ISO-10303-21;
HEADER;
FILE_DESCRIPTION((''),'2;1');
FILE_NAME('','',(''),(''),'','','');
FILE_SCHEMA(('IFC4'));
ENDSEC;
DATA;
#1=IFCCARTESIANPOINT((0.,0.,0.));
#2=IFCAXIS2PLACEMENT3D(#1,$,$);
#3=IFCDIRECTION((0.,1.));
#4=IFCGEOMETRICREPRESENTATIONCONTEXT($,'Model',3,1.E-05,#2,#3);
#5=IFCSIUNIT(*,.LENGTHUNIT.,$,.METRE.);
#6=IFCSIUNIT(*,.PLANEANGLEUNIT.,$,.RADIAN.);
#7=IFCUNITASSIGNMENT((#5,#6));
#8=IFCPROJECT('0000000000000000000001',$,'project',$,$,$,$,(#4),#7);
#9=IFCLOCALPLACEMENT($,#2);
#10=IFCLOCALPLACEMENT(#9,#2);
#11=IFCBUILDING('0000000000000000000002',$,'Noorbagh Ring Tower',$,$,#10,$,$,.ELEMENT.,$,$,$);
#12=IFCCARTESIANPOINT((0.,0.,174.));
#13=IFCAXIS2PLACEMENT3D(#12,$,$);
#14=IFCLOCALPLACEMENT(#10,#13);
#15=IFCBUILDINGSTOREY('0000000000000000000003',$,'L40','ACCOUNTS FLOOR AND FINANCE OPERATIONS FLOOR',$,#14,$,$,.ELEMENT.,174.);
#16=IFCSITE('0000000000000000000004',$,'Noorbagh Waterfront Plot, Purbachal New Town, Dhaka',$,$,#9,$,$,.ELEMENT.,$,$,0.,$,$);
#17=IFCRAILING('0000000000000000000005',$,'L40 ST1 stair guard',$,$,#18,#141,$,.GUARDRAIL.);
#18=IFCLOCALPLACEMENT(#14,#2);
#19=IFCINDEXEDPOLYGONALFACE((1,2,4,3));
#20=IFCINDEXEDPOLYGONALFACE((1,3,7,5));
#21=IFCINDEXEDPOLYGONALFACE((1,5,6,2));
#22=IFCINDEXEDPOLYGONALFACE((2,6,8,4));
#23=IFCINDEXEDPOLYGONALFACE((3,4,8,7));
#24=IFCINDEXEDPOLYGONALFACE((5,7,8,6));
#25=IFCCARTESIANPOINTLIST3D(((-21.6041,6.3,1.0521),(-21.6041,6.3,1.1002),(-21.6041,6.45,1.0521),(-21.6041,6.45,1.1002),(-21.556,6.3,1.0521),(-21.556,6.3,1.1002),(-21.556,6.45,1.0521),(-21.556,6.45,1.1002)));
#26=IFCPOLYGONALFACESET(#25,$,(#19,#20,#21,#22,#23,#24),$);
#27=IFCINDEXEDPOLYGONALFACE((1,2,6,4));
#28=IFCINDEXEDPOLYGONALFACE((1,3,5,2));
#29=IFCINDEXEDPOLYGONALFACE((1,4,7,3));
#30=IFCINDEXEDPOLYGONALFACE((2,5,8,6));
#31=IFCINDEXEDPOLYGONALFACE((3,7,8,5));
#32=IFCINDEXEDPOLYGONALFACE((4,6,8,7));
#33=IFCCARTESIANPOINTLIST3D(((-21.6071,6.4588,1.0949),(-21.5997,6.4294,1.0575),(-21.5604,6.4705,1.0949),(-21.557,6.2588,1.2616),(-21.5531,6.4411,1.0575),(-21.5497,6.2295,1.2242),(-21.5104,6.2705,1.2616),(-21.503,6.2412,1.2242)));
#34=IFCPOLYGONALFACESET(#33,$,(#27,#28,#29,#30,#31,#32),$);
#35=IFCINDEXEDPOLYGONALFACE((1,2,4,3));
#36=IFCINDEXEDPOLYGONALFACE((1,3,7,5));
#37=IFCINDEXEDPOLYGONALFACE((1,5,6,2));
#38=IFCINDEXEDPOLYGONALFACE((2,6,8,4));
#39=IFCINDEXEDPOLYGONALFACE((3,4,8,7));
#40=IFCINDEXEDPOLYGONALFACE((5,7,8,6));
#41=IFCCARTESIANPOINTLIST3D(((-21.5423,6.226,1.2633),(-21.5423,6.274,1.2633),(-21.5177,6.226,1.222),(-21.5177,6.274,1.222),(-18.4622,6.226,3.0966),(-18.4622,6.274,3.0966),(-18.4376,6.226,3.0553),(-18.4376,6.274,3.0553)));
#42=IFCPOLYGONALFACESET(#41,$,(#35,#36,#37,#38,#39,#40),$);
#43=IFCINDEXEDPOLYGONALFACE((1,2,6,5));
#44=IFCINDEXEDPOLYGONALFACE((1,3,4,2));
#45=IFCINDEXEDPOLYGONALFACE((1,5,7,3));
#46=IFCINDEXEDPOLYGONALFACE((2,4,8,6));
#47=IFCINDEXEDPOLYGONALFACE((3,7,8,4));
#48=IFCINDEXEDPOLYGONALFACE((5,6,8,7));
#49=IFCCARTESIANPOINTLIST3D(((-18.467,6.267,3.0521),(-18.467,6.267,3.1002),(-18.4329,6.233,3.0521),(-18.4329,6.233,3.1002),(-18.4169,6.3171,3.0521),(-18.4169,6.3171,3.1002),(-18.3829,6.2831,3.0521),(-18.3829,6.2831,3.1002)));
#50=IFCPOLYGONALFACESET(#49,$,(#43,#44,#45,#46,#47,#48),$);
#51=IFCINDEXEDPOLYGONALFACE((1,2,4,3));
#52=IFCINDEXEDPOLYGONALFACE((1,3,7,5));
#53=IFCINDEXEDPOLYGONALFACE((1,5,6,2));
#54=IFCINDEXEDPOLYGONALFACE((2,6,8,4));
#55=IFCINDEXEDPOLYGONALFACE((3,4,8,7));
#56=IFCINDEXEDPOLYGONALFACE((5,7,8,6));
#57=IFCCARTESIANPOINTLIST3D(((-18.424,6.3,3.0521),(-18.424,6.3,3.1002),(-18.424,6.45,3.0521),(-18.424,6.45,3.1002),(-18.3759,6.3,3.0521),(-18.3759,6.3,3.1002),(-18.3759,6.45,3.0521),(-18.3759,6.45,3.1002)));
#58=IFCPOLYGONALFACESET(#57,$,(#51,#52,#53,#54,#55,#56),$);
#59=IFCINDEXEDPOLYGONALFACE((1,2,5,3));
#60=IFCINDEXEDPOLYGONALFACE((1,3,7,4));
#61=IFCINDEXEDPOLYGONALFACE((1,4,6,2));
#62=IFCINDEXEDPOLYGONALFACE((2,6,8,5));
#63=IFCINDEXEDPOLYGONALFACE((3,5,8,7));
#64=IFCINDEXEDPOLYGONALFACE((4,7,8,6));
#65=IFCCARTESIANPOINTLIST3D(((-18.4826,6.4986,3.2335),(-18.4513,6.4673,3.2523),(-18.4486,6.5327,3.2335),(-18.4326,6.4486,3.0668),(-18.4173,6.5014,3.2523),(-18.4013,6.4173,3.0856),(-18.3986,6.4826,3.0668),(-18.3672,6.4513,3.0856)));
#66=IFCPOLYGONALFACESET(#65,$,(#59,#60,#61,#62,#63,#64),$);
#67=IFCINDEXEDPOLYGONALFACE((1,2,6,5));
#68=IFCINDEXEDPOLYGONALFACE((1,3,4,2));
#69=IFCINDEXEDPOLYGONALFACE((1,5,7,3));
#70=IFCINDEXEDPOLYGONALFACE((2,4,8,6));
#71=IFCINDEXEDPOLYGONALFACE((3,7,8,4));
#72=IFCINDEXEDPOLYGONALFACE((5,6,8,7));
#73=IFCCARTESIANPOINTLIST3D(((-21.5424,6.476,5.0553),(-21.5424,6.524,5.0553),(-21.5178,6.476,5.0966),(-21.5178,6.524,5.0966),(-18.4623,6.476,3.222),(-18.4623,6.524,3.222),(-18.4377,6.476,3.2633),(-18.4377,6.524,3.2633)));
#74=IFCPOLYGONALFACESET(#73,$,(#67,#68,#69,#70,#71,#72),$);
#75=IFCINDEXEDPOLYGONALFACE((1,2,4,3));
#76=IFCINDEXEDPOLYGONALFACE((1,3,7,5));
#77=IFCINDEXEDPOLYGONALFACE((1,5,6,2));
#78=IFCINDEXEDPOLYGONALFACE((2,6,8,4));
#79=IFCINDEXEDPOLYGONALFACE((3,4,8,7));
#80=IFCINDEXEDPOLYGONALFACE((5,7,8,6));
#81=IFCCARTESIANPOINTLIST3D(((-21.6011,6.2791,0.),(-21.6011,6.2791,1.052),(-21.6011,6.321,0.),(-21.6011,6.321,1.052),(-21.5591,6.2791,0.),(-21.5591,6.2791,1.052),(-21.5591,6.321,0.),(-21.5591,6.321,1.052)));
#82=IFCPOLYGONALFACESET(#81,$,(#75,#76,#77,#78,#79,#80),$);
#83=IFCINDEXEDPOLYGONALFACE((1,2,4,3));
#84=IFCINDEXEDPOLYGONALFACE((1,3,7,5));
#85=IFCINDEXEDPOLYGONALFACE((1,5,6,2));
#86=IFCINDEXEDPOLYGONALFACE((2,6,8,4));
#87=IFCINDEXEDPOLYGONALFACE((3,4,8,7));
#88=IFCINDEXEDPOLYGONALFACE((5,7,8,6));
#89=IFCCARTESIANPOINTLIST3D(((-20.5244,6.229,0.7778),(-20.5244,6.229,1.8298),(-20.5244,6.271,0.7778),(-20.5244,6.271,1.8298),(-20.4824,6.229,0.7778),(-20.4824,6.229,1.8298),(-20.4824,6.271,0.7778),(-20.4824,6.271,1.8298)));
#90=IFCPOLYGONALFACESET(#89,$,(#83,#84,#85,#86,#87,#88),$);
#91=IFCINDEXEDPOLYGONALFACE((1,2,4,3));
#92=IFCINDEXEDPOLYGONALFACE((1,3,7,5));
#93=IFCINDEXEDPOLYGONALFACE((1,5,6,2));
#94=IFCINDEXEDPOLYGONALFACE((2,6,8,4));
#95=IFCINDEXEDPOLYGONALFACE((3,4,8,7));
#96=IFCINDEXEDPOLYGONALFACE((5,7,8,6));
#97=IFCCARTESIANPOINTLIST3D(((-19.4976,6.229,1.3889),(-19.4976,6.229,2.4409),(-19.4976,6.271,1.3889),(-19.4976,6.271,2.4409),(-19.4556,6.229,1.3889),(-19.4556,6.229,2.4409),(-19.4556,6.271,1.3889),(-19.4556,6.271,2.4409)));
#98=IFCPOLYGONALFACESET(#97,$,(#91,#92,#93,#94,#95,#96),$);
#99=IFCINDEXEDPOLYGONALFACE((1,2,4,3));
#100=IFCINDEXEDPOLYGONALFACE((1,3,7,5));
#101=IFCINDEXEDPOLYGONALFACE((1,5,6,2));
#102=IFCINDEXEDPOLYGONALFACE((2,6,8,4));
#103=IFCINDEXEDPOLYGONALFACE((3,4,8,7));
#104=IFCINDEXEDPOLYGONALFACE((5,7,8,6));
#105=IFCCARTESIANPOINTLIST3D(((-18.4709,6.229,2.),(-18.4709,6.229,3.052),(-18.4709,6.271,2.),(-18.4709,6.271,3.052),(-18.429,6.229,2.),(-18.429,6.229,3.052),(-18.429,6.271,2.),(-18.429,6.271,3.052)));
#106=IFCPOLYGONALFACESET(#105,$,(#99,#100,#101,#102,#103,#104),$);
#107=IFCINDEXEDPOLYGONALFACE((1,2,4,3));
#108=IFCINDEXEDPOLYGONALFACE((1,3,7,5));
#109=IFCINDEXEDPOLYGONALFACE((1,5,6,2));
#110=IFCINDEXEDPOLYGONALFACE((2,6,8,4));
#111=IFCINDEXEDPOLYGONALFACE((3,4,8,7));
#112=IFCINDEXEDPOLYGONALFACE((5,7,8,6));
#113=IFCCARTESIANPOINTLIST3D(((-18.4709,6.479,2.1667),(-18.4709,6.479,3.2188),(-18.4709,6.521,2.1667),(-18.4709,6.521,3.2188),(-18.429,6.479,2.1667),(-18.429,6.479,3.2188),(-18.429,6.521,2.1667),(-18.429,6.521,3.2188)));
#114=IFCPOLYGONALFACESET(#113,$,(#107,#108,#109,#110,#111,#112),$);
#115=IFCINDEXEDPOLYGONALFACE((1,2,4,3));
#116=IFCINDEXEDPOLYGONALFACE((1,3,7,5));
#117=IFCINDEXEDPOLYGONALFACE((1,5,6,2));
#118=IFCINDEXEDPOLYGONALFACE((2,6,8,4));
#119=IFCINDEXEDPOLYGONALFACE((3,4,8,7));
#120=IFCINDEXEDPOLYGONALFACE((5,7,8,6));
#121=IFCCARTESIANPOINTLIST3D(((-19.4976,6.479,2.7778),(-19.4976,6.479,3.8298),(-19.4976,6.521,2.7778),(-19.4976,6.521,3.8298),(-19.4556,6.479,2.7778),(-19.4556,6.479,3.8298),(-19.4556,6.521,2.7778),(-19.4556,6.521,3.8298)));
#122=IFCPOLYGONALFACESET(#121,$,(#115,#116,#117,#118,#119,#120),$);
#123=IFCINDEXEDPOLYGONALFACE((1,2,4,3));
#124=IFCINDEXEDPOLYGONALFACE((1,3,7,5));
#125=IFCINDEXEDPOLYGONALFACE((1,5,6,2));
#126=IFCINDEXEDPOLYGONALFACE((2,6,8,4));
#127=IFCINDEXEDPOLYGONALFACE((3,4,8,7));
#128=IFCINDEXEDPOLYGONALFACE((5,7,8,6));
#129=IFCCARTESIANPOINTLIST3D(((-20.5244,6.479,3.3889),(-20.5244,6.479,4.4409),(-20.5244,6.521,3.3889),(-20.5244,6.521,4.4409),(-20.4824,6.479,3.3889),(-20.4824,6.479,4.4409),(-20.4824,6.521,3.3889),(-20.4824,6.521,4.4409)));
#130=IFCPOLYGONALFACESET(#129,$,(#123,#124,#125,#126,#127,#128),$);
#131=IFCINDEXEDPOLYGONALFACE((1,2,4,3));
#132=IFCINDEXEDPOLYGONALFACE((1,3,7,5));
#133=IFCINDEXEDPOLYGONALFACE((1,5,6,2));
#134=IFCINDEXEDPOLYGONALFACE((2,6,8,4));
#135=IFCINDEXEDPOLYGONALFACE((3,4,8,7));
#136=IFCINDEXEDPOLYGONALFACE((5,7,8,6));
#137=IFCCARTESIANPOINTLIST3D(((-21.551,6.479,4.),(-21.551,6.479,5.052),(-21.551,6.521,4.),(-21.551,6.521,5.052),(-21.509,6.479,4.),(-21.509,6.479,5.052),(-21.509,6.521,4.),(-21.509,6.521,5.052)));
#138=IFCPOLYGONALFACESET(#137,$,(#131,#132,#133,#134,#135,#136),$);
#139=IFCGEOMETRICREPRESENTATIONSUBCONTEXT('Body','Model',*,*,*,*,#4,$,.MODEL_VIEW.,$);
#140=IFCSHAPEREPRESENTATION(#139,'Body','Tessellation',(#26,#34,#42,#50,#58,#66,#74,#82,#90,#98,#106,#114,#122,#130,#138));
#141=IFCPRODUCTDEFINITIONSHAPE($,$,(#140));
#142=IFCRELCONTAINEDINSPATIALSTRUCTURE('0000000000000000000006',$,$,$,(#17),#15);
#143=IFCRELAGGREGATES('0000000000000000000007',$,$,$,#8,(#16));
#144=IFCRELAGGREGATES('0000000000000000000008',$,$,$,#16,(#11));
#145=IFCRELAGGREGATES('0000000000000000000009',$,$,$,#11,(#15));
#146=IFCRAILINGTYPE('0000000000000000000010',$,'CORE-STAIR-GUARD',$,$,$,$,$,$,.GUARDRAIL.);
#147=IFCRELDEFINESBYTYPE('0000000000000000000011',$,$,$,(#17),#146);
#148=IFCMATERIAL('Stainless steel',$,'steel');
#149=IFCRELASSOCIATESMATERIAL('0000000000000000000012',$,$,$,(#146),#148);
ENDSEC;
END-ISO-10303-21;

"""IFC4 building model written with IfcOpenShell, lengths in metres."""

from ifc_helpers import new_model, si_unit, direction, frame, origin, origin_2d, place, context, subcontext, project, spatial, rectangle, extrude, material, type_object, element, save


model = new_model("IFC4")

# Units and contexts
model_context = context("Model", 3, precision=1e-05, world=origin(), true_north=direction((0.0, 1.0)))
body_context = subcontext(model_context, "Body", "Model", "MODEL_VIEW")
ifc_project = project(units=[si_unit("LENGTHUNIT", "METRE"), si_unit("PLANEANGLEUNIT", "RADIAN")], contexts=[model_context])

# Site, building, storey
site_placement = place(None, origin())
site = spatial("IfcSite", under=ifc_project, at=site_placement, Name="Noorbagh Waterfront Plot, Purbachal New Town, Dhaka", CompositionType="ELEMENT", RefElevation=0.0)
building_placement = place(site_placement, origin())
building = spatial("IfcBuilding", under=site, at=building_placement, Name="Noorbagh Ring Tower", CompositionType="ELEMENT")
storey_placement = place(building_placement, frame((0.0, 0.0, 174.0)))
storey = spatial("IfcBuildingStorey", under=building, at=storey_placement, Name="L40", Description="ACCOUNTS FLOOR AND FINANCE OPERATIONS FLOOR", CompositionType="ELEMENT", Elevation=174.0)

# Railing
ifc_material_1 = material(Name="Stainless steel", Category="steel")
railing_type_1 = type_object("IfcRailingType", Name="CORE-STAIR-GUARD", PredefinedType="GUARDRAIL", material=ifc_material_1)
railing_1_placement = place(storey_placement, frame((-21.5801, 6.3, 0.0)))
element("IfcRailing", 1, at=railing_1_placement, inside=storey, type_object=railing_type_1, Name="L40 ST1 stair guard", PredefinedType="GUARDRAIL", context=body_context, shape_type="SweptSolid", body=[
    extrude(rectangle(XDim=0.0481, YDim=0.0481, at=origin_2d()), frame((0.0, 0.0, 1.0762), z_axis=(0.0, 1.0, 0.0), x_axis=(-1.0, 0.0, 0.0)), (0.0, 0.0, 1.0), 0.1499),
    extrude(rectangle(XDim=0.0481, YDim=0.0481, at=origin_2d()), frame((0.0, 0.1499, 1.0762), z_axis=(0.188776, -0.754182, 0.628946), x_axis=(0.970073, 0.242814, 0.0)), (0.0, 0.0, 1.0), 0.2651),
    extrude(rectangle(XDim=0.0481, YDim=0.0481, at=origin_2d()), frame((0.05, -0.05, 1.2427), z_axis=(0.859309, 0.0, 0.511458), x_axis=(0.0, 1.0, 0.0)), (0.0, 0.0, 1.0), 3.5845),
    extrude(rectangle(XDim=0.0481, YDim=0.0481, at=origin_2d()), frame((3.1301, -0.05, 3.0762), z_axis=(0.707107, 0.707107, 0.0), x_axis=(-0.707107, 0.707107, 0.0)), (0.0, 0.0, 1.0), 0.0708),
    extrude(rectangle(XDim=0.0481, YDim=0.0481, at=origin_2d()), frame((3.1802, 0.0, 3.0762), z_axis=(0.0, 1.0, 0.0), x_axis=(-1.0, 0.0, 0.0)), (0.0, 0.0, 1.0), 0.1499),
    extrude(rectangle(XDim=0.0481, YDim=0.0481, at=origin_2d()), frame((3.1802, 0.1499, 3.0762), z_axis=(-0.276287, 0.276287, 0.920506), x_axis=(-0.707107, -0.707107, 0.0)), (0.0, 0.0, 1.0), 0.1812),
    extrude(rectangle(XDim=0.0481, YDim=0.0481, at=origin_2d()), frame((3.1301, 0.2, 3.2427), z_axis=(-0.859309, 0.0, 0.511458), x_axis=(0.0, -1.0, 0.0)), (0.0, 0.0, 1.0), 3.5845),
    extrude(rectangle(XDim=0.042, YDim=0.042, at=origin_2d()), origin(), (0.0, 0.0, 1.0), 1.052),
    extrude(rectangle(XDim=0.042, YDim=0.042, at=origin_2d()), frame((1.0767, -0.05, 0.7778)), (0.0, 0.0, 1.0), 1.052),
    extrude(rectangle(XDim=0.042, YDim=0.042, at=origin_2d()), frame((2.1035, -0.05, 1.3889)), (0.0, 0.0, 1.0), 1.052),
    extrude(rectangle(XDim=0.042, YDim=0.042, at=origin_2d()), frame((3.1301, -0.05, 2.0)), (0.0, 0.0, 1.0), 1.052),
    extrude(rectangle(XDim=0.042, YDim=0.042, at=origin_2d()), frame((3.1301, 0.2, 2.1667)), (0.0, 0.0, 1.0), 1.052),
    extrude(rectangle(XDim=0.042, YDim=0.042, at=origin_2d()), frame((2.1035, 0.2, 2.7778)), (0.0, 0.0, 1.0), 1.052),
    extrude(rectangle(XDim=0.042, YDim=0.042, at=origin_2d()), frame((1.0767, 0.2, 3.3889)), (0.0, 0.0, 1.0), 1.052),
    extrude(rectangle(XDim=0.042, YDim=0.042, at=origin_2d()), frame((0.05, 0.2, 4.0)), (0.0, 0.0, 1.0), 1.052),
])

save(model, "model.ifc")
